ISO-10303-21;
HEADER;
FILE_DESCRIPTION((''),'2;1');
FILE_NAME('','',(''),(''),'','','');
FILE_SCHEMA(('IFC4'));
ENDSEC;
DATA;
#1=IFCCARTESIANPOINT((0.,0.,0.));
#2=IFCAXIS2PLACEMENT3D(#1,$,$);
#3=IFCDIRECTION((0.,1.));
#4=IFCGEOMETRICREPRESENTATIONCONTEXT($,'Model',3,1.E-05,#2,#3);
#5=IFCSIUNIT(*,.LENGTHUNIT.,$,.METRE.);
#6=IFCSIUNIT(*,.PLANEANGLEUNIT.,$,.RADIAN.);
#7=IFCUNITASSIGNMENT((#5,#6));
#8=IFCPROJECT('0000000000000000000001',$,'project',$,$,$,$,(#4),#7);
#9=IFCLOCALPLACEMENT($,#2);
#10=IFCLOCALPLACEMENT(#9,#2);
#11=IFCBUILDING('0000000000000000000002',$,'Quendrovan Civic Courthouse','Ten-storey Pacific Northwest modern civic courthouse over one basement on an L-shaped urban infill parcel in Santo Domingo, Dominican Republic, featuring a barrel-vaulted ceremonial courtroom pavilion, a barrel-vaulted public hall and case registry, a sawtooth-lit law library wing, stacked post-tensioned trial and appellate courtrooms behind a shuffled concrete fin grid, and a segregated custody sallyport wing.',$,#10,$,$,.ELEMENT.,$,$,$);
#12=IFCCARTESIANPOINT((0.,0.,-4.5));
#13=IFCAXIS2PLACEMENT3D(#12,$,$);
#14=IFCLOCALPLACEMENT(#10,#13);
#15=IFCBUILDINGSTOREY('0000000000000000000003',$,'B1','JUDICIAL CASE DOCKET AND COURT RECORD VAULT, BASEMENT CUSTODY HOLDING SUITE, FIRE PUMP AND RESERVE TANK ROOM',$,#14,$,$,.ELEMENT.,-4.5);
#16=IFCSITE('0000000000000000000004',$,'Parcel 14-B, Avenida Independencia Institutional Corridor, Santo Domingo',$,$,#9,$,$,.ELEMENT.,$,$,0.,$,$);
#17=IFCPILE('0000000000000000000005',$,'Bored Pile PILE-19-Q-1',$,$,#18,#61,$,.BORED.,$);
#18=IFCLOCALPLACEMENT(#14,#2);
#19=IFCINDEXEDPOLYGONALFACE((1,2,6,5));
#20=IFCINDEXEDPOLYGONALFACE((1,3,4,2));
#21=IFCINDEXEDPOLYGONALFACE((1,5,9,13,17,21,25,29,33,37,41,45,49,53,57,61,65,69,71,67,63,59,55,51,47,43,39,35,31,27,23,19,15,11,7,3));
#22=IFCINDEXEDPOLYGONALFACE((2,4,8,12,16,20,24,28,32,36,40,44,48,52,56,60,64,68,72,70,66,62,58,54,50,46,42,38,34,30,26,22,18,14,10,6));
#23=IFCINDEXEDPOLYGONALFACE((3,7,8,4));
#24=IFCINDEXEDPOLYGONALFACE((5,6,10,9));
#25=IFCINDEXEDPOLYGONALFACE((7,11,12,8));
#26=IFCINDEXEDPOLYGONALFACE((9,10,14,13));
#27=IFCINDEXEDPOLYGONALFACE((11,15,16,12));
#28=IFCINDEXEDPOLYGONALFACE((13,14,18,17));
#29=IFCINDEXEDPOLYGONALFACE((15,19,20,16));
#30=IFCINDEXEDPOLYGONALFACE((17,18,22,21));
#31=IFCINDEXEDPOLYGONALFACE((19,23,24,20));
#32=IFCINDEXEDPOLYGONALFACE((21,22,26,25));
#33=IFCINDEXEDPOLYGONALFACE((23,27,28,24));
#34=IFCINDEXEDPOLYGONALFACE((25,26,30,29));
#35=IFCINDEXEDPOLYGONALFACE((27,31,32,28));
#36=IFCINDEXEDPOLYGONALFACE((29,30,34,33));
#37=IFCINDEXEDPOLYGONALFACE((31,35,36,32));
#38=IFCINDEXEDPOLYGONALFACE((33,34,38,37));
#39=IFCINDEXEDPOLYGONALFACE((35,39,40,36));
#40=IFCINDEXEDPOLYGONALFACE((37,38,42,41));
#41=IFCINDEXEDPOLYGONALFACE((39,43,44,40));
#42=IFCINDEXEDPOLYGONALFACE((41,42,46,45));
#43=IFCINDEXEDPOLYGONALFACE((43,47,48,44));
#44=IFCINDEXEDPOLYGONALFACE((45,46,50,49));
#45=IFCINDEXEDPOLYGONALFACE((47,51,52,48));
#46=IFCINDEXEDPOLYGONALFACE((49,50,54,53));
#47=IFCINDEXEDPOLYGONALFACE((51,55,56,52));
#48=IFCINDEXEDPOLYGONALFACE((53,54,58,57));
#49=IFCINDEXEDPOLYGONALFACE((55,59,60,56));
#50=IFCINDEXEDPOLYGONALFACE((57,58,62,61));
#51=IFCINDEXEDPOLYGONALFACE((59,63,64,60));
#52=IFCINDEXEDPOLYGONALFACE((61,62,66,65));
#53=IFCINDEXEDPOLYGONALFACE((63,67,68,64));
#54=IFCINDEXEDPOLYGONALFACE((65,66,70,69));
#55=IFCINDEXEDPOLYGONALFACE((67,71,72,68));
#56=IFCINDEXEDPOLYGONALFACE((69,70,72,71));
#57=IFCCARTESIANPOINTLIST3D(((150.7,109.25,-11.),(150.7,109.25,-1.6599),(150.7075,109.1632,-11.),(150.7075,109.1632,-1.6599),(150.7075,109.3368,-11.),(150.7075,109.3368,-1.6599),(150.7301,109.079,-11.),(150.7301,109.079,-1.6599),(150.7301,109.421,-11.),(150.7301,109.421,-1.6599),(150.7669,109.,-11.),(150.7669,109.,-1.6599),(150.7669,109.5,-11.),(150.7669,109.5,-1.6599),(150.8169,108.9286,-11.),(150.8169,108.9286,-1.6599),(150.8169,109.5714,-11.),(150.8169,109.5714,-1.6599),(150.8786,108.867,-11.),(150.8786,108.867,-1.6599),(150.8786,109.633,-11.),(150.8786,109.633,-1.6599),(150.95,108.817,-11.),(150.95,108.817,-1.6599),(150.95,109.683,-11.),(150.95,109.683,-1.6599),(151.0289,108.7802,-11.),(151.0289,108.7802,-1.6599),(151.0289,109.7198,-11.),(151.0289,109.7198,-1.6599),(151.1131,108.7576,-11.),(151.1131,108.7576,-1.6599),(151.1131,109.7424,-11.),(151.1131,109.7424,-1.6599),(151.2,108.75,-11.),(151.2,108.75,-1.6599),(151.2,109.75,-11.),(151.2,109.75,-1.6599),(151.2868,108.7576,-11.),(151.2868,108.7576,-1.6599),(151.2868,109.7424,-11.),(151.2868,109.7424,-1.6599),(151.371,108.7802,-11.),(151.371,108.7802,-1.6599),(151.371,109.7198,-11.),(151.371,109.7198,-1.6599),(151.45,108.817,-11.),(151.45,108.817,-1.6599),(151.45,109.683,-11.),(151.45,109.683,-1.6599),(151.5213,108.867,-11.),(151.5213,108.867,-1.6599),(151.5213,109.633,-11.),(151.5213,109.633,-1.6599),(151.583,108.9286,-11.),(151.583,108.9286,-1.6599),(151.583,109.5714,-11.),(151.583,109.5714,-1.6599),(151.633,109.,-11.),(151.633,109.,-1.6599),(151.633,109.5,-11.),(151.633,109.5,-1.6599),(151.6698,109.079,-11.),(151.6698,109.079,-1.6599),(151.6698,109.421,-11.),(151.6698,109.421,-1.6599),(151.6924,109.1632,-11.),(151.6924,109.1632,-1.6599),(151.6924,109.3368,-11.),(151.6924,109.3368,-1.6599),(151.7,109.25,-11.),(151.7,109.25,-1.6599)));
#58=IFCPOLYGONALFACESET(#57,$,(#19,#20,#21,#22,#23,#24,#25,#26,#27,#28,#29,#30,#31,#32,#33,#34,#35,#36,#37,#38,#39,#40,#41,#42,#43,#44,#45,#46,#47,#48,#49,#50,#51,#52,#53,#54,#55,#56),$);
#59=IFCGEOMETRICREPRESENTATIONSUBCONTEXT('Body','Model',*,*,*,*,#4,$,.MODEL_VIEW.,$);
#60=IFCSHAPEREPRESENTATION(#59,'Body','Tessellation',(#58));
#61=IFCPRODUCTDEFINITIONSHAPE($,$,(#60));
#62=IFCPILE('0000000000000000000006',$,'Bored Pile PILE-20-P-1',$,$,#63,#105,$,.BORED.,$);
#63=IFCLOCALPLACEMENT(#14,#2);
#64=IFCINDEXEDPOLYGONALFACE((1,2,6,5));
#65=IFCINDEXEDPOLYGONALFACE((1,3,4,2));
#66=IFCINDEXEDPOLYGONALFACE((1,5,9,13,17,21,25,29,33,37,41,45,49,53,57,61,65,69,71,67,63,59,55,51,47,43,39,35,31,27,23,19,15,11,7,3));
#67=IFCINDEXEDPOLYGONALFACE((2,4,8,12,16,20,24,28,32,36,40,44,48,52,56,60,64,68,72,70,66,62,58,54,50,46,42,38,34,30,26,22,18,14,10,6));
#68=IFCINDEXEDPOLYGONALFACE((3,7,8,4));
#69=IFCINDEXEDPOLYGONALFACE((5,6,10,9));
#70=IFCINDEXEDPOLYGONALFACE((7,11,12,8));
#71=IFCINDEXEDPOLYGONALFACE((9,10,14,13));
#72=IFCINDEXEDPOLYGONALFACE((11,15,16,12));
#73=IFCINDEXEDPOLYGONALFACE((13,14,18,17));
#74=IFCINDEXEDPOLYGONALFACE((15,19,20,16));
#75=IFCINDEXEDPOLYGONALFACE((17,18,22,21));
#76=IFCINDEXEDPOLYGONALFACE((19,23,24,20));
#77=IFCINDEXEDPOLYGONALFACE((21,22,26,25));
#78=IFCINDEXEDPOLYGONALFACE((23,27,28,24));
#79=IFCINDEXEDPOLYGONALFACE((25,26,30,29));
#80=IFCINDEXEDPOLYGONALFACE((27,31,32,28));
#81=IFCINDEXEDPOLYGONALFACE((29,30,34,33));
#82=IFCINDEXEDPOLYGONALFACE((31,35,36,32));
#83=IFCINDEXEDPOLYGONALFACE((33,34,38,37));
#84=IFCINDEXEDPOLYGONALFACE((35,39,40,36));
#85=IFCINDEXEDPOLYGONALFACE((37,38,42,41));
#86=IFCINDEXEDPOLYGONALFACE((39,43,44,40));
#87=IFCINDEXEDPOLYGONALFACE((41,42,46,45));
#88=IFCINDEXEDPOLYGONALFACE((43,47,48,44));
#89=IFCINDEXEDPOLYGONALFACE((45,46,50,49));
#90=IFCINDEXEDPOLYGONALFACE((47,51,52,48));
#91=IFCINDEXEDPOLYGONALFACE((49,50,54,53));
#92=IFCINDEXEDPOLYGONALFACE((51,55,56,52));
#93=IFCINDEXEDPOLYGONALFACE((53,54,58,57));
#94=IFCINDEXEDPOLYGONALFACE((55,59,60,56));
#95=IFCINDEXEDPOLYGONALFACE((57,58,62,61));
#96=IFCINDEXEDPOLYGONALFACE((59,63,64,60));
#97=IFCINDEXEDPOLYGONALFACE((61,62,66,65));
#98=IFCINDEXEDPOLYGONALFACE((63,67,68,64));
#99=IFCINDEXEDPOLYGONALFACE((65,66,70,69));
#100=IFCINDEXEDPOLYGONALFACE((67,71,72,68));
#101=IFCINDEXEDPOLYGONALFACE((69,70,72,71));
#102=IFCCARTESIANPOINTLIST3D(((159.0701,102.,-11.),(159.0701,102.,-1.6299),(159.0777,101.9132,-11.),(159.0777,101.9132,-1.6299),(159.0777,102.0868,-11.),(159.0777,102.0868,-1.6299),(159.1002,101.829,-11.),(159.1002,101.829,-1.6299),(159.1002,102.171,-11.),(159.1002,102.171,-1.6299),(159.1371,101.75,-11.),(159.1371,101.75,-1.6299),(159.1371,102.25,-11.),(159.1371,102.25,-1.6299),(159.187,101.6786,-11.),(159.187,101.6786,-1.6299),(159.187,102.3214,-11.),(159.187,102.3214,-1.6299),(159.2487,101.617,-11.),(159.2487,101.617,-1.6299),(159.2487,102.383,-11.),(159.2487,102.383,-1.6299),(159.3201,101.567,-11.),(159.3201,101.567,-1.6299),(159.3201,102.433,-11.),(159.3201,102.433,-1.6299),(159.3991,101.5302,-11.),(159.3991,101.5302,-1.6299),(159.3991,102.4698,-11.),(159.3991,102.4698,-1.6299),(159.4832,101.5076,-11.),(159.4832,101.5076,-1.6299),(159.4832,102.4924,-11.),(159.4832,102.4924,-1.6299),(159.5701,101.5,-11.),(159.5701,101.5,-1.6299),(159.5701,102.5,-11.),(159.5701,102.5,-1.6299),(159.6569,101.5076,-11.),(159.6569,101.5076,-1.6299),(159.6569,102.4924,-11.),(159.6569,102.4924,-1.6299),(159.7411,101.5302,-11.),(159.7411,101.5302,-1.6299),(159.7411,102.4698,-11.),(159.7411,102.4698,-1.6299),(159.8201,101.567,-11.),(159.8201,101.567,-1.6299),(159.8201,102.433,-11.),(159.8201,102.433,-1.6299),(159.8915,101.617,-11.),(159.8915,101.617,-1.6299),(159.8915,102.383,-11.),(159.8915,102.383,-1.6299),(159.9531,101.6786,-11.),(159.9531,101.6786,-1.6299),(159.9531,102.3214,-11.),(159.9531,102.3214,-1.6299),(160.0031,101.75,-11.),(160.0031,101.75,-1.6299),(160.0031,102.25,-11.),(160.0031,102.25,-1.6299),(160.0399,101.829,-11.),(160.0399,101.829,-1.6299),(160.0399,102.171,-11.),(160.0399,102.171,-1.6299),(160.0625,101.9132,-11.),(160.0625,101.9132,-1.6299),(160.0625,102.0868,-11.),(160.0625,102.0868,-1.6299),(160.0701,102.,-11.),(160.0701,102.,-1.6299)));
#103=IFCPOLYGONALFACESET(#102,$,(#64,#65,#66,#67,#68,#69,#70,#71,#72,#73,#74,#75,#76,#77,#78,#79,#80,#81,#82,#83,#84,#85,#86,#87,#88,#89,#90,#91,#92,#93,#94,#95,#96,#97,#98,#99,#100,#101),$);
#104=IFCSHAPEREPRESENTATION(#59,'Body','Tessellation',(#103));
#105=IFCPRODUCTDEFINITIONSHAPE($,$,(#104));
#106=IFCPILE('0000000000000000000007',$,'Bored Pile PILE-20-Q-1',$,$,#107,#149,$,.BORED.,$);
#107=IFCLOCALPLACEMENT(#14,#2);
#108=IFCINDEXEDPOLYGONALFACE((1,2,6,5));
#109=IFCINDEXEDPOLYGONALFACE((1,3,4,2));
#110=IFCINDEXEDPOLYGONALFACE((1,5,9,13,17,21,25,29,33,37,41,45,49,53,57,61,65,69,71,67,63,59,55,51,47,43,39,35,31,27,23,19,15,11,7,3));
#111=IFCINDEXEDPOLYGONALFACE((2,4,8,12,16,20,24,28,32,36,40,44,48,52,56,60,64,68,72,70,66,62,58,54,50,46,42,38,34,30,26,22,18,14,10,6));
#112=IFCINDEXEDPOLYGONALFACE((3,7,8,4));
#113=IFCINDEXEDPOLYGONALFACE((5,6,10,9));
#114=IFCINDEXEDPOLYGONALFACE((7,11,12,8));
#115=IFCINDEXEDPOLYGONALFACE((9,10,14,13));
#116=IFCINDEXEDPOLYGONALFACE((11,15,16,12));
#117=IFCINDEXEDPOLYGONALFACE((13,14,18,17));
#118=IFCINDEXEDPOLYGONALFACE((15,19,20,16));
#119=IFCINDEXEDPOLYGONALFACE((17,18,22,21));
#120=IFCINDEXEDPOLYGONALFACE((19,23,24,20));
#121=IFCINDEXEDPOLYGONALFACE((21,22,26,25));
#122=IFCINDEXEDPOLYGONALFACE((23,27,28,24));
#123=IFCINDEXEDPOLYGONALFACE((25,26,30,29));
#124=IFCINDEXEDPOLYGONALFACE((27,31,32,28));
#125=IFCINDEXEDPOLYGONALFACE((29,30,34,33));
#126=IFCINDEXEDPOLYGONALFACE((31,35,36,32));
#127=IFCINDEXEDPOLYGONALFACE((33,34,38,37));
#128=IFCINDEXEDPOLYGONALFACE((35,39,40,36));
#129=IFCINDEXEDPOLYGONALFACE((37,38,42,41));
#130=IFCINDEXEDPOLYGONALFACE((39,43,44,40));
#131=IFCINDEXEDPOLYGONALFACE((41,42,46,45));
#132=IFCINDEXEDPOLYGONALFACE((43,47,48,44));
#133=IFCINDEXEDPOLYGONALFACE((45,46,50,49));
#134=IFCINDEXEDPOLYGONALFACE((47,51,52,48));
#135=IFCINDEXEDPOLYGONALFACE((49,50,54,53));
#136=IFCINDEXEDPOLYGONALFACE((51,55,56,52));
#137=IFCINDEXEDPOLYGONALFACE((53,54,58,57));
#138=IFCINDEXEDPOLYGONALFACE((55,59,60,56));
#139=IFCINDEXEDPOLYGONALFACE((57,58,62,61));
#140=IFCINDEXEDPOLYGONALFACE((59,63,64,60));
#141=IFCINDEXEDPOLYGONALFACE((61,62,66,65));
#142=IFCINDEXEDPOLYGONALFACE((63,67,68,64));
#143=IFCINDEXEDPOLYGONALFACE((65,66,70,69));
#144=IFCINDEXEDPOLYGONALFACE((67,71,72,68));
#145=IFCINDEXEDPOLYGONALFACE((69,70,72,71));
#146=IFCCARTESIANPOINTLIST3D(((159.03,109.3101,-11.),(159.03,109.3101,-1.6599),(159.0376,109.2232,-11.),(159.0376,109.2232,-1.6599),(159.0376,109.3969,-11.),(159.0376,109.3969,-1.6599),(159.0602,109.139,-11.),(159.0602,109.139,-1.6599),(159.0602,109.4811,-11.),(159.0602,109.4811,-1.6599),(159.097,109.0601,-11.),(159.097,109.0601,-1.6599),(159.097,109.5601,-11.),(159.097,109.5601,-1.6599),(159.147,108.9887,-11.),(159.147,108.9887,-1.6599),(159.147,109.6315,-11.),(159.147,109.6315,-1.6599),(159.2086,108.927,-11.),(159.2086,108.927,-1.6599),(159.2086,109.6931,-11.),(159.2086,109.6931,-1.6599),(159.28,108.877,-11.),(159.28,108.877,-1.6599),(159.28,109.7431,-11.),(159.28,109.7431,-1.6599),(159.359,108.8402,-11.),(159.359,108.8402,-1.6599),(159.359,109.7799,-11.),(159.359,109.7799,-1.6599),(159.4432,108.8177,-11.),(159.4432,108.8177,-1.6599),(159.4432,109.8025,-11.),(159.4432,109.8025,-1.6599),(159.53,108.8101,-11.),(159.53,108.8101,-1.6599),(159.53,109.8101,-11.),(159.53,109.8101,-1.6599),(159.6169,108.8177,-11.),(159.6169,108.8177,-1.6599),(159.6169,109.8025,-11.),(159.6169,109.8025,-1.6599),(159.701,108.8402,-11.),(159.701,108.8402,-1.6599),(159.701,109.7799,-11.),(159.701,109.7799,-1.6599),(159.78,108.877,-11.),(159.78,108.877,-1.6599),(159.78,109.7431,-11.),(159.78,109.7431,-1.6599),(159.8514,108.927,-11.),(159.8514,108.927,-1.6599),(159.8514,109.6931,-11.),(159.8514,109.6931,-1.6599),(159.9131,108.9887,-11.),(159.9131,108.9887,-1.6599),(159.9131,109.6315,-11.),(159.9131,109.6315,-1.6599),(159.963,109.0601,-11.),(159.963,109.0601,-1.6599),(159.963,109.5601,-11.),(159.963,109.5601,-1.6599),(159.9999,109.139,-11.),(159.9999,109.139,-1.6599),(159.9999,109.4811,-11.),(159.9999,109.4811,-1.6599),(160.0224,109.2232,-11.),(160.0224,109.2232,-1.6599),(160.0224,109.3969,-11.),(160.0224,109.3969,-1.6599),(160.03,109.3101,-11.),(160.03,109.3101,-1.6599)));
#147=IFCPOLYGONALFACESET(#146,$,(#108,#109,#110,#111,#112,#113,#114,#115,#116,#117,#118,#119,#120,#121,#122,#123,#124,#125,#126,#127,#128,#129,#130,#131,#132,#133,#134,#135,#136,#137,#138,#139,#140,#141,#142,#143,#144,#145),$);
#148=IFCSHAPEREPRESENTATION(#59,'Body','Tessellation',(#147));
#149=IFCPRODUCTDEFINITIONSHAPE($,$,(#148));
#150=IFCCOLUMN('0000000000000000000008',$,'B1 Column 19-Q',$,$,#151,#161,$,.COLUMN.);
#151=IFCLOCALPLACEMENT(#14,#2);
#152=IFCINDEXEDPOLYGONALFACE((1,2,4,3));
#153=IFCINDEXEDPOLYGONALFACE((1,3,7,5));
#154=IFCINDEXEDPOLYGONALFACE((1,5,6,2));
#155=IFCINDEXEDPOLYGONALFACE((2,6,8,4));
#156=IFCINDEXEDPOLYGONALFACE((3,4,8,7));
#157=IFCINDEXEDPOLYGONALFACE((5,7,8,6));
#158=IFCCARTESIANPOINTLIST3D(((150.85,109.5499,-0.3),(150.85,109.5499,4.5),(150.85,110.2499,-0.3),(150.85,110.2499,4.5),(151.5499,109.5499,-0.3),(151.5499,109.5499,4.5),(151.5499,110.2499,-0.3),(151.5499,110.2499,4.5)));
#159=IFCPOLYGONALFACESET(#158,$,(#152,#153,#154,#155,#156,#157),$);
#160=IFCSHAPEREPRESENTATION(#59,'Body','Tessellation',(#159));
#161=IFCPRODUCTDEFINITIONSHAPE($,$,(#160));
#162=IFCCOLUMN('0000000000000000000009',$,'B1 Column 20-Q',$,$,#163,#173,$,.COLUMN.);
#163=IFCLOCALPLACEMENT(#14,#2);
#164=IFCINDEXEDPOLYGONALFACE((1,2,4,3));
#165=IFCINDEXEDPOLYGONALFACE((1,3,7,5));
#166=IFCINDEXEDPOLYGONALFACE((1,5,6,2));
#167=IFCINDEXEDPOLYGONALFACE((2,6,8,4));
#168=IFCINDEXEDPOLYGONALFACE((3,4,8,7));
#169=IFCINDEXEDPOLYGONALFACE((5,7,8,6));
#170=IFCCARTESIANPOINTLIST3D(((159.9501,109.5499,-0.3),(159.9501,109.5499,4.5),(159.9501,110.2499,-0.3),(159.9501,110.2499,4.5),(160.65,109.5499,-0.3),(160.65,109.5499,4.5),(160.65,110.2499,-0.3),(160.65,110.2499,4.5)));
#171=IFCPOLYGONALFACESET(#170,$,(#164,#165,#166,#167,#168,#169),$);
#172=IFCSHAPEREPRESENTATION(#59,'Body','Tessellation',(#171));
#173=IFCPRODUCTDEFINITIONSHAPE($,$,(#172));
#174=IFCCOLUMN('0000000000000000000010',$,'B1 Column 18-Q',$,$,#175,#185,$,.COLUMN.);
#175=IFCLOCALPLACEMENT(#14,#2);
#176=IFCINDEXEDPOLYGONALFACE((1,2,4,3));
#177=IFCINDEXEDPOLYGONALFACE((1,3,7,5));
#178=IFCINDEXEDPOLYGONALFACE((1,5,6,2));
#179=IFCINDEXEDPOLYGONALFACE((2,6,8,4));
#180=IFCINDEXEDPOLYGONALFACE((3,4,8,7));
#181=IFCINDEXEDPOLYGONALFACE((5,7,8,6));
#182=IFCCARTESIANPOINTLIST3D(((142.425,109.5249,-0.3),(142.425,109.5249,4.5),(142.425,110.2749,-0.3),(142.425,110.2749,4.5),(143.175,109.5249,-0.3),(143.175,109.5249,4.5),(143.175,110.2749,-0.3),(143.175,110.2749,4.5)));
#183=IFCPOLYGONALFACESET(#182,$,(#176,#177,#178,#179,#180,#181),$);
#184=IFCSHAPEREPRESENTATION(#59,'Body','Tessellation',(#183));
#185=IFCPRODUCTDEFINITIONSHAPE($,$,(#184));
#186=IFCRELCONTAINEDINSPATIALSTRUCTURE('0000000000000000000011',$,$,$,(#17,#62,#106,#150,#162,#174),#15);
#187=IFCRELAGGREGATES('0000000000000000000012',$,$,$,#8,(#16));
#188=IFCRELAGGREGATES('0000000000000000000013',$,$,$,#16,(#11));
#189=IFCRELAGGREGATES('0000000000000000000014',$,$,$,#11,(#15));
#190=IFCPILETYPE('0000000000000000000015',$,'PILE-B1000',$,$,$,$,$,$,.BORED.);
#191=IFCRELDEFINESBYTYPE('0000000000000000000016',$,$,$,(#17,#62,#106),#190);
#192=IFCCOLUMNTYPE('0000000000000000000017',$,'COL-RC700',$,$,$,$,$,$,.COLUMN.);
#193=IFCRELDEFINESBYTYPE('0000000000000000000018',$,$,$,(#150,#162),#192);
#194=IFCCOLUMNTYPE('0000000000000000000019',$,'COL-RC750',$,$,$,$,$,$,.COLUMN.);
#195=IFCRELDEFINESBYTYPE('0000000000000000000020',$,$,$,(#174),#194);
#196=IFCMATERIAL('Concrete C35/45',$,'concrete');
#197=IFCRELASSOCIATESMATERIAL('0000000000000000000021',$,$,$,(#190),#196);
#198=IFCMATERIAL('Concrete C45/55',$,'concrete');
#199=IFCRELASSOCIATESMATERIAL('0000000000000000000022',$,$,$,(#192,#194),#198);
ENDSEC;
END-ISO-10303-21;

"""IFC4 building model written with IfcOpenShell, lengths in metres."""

from ifc_helpers import new_model, si_unit, direction, frame, origin, origin_2d, place, context, subcontext, project, spatial, rectangle, circle, extrude, material, material_profile, profile_set, type_object, element, save


model = new_model("IFC4")

# Units and contexts
model_context = context("Model", 3, precision=1e-05, world=origin(), true_north=direction((0.0, 1.0)))
body_context = subcontext(model_context, "Body", "Model", "MODEL_VIEW")
ifc_project = project(units=[si_unit("LENGTHUNIT", "METRE"), si_unit("PLANEANGLEUNIT", "RADIAN")], contexts=[model_context])

# Site, building, storey
site_placement = place(None, origin())
site = spatial("IfcSite", under=ifc_project, at=site_placement, Name="Parcel 14-B, Avenida Independencia Institutional Corridor, Santo Domingo", CompositionType="ELEMENT", RefElevation=0.0)
building_placement = place(site_placement, origin())
building = spatial("IfcBuilding", under=site, at=building_placement, Name="Quendrovan Civic Courthouse", Description="Ten-storey Pacific Northwest modern civic courthouse over one basement on an L-shaped urban infill parcel in Santo Domingo, Dominican Republic, featuring a barrel-vaulted ceremonial courtroom pavilion, a barrel-vaulted public hall and case registry, a sawtooth-lit law library wing, stacked post-tensioned trial and appellate courtrooms behind a shuffled concrete fin grid, and a segregated custody sallyport wing.", CompositionType="ELEMENT")
storey_placement = place(building_placement, frame((0.0, 0.0, -4.5)))
storey = spatial("IfcBuildingStorey", under=building, at=storey_placement, Name="B1", Description="JUDICIAL CASE DOCKET AND COURT RECORD VAULT, BASEMENT CUSTODY HOLDING SUITE, FIRE PUMP AND RESERVE TANK ROOM", CompositionType="ELEMENT", Elevation=-4.5)

# Shared definitions
ifc_material_1 = material(Name="Concrete C35/45", Category="concrete")

# Piles
ifc_material_profile_1 = material_profile(ifc_material_1, circle(Radius=0.5, at=origin_2d()), Name="PILE-D1000")
ifc_profile_set_1 = profile_set([ifc_material_profile_1], Name="Concrete C35/45")
pile_type = type_object("IfcPileType", Name="PILE-B1000", PredefinedType="BORED", material=ifc_profile_set_1)
pile_1_placement = place(storey_placement, frame((151.2, 109.25, -1.6599), z_axis=(0.0, 0.0, -1.0), x_axis=(1.0, 0.0, 0.0)))
element("IfcPile", 1, at=pile_1_placement, inside=storey, type_object=pile_type, Name="Bored Pile PILE-19-Q-1", PredefinedType="BORED", context=body_context, shape_type="SweptSolid", body=[
    extrude(circle(Radius=0.5, at=origin_2d()), origin(), (0.0, 0.0, 1.0), 9.3401),
])
pile_2_placement = place(storey_placement, frame((159.5701, 102.0, -1.6299), z_axis=(0.0, 0.0, -1.0), x_axis=(1.0, 0.0, 0.0)))
element("IfcPile", 2, at=pile_2_placement, inside=storey, type_object=pile_type, Name="Bored Pile PILE-20-P-1", PredefinedType="BORED", context=body_context, shape_type="SweptSolid", body=[
    extrude(circle(Radius=0.5, at=origin_2d()), origin(), (0.0, 0.0, 1.0), 9.3701),
])
pile_3_placement = place(storey_placement, frame((159.53, 109.3101, -1.6599), z_axis=(0.0, 0.0, -1.0), x_axis=(1.0, 0.0, 0.0)))
element("IfcPile", 3, at=pile_3_placement, inside=storey, type_object=pile_type, Name="Bored Pile PILE-20-Q-1", PredefinedType="BORED", context=body_context, shape_type="SweptSolid", body=[
    extrude(circle(Radius=0.5, at=origin_2d()), origin(), (0.0, 0.0, 1.0), 9.3401),
])

# Columns
ifc_material_2 = material(Name="Concrete C45/55", Category="concrete")
ifc_material_profile_2 = material_profile(ifc_material_2, rectangle(XDim=0.7, YDim=0.7, at=origin_2d()), Name="RC-COL-700x700")
ifc_profile_set_2 = profile_set([ifc_material_profile_2], Name="Concrete C45/55")
column_type_1 = type_object("IfcColumnType", Name="COL-RC700", PredefinedType="COLUMN", material=ifc_profile_set_2)
for number, where, z_axis, x_axis, name in (
    (4, (151.2, 109.8999, -0.3), (0.0, 0.0, 1.0), (1.0, 0.0, 0.0), "B1 Column 19-Q"),
    (5, (160.3, 109.8999, -0.3), (0.0, 0.0, 1.0), (1.0, 0.0, 0.0), "B1 Column 20-Q"),
):
    element("IfcColumn", number, at=place(storey_placement, frame(where, z_axis=z_axis, x_axis=x_axis)), inside=storey, type_object=column_type_1, Name=name, PredefinedType="COLUMN", context=body_context, shape_type="SweptSolid", body=[
        extrude(rectangle(XDim=0.7, YDim=0.7, at=origin_2d()), origin(), (0.0, 0.0, 1.0), 4.8),
    ])
ifc_material_profile_3 = material_profile(ifc_material_2, rectangle(XDim=0.75, YDim=0.75, at=origin_2d()), Name="RC-COL-750x750")
ifc_profile_set_3 = profile_set([ifc_material_profile_3], Name="Concrete C45/55")
column_type_2 = type_object("IfcColumnType", Name="COL-RC750", PredefinedType="COLUMN", material=ifc_profile_set_3)
column_placement = place(storey_placement, frame((142.8, 109.8999, -0.3), z_axis=(0.0, 0.0, 1.0), x_axis=(1.0, 0.0, 0.0)))
element("IfcColumn", 6, at=column_placement, inside=storey, type_object=column_type_2, Name="B1 Column 18-Q", PredefinedType="COLUMN", context=body_context, shape_type="SweptSolid", body=[
    extrude(rectangle(XDim=0.75, YDim=0.75, at=origin_2d()), origin(), (0.0, 0.0, 1.0), 4.8),
])

save(model, "model.ifc")
